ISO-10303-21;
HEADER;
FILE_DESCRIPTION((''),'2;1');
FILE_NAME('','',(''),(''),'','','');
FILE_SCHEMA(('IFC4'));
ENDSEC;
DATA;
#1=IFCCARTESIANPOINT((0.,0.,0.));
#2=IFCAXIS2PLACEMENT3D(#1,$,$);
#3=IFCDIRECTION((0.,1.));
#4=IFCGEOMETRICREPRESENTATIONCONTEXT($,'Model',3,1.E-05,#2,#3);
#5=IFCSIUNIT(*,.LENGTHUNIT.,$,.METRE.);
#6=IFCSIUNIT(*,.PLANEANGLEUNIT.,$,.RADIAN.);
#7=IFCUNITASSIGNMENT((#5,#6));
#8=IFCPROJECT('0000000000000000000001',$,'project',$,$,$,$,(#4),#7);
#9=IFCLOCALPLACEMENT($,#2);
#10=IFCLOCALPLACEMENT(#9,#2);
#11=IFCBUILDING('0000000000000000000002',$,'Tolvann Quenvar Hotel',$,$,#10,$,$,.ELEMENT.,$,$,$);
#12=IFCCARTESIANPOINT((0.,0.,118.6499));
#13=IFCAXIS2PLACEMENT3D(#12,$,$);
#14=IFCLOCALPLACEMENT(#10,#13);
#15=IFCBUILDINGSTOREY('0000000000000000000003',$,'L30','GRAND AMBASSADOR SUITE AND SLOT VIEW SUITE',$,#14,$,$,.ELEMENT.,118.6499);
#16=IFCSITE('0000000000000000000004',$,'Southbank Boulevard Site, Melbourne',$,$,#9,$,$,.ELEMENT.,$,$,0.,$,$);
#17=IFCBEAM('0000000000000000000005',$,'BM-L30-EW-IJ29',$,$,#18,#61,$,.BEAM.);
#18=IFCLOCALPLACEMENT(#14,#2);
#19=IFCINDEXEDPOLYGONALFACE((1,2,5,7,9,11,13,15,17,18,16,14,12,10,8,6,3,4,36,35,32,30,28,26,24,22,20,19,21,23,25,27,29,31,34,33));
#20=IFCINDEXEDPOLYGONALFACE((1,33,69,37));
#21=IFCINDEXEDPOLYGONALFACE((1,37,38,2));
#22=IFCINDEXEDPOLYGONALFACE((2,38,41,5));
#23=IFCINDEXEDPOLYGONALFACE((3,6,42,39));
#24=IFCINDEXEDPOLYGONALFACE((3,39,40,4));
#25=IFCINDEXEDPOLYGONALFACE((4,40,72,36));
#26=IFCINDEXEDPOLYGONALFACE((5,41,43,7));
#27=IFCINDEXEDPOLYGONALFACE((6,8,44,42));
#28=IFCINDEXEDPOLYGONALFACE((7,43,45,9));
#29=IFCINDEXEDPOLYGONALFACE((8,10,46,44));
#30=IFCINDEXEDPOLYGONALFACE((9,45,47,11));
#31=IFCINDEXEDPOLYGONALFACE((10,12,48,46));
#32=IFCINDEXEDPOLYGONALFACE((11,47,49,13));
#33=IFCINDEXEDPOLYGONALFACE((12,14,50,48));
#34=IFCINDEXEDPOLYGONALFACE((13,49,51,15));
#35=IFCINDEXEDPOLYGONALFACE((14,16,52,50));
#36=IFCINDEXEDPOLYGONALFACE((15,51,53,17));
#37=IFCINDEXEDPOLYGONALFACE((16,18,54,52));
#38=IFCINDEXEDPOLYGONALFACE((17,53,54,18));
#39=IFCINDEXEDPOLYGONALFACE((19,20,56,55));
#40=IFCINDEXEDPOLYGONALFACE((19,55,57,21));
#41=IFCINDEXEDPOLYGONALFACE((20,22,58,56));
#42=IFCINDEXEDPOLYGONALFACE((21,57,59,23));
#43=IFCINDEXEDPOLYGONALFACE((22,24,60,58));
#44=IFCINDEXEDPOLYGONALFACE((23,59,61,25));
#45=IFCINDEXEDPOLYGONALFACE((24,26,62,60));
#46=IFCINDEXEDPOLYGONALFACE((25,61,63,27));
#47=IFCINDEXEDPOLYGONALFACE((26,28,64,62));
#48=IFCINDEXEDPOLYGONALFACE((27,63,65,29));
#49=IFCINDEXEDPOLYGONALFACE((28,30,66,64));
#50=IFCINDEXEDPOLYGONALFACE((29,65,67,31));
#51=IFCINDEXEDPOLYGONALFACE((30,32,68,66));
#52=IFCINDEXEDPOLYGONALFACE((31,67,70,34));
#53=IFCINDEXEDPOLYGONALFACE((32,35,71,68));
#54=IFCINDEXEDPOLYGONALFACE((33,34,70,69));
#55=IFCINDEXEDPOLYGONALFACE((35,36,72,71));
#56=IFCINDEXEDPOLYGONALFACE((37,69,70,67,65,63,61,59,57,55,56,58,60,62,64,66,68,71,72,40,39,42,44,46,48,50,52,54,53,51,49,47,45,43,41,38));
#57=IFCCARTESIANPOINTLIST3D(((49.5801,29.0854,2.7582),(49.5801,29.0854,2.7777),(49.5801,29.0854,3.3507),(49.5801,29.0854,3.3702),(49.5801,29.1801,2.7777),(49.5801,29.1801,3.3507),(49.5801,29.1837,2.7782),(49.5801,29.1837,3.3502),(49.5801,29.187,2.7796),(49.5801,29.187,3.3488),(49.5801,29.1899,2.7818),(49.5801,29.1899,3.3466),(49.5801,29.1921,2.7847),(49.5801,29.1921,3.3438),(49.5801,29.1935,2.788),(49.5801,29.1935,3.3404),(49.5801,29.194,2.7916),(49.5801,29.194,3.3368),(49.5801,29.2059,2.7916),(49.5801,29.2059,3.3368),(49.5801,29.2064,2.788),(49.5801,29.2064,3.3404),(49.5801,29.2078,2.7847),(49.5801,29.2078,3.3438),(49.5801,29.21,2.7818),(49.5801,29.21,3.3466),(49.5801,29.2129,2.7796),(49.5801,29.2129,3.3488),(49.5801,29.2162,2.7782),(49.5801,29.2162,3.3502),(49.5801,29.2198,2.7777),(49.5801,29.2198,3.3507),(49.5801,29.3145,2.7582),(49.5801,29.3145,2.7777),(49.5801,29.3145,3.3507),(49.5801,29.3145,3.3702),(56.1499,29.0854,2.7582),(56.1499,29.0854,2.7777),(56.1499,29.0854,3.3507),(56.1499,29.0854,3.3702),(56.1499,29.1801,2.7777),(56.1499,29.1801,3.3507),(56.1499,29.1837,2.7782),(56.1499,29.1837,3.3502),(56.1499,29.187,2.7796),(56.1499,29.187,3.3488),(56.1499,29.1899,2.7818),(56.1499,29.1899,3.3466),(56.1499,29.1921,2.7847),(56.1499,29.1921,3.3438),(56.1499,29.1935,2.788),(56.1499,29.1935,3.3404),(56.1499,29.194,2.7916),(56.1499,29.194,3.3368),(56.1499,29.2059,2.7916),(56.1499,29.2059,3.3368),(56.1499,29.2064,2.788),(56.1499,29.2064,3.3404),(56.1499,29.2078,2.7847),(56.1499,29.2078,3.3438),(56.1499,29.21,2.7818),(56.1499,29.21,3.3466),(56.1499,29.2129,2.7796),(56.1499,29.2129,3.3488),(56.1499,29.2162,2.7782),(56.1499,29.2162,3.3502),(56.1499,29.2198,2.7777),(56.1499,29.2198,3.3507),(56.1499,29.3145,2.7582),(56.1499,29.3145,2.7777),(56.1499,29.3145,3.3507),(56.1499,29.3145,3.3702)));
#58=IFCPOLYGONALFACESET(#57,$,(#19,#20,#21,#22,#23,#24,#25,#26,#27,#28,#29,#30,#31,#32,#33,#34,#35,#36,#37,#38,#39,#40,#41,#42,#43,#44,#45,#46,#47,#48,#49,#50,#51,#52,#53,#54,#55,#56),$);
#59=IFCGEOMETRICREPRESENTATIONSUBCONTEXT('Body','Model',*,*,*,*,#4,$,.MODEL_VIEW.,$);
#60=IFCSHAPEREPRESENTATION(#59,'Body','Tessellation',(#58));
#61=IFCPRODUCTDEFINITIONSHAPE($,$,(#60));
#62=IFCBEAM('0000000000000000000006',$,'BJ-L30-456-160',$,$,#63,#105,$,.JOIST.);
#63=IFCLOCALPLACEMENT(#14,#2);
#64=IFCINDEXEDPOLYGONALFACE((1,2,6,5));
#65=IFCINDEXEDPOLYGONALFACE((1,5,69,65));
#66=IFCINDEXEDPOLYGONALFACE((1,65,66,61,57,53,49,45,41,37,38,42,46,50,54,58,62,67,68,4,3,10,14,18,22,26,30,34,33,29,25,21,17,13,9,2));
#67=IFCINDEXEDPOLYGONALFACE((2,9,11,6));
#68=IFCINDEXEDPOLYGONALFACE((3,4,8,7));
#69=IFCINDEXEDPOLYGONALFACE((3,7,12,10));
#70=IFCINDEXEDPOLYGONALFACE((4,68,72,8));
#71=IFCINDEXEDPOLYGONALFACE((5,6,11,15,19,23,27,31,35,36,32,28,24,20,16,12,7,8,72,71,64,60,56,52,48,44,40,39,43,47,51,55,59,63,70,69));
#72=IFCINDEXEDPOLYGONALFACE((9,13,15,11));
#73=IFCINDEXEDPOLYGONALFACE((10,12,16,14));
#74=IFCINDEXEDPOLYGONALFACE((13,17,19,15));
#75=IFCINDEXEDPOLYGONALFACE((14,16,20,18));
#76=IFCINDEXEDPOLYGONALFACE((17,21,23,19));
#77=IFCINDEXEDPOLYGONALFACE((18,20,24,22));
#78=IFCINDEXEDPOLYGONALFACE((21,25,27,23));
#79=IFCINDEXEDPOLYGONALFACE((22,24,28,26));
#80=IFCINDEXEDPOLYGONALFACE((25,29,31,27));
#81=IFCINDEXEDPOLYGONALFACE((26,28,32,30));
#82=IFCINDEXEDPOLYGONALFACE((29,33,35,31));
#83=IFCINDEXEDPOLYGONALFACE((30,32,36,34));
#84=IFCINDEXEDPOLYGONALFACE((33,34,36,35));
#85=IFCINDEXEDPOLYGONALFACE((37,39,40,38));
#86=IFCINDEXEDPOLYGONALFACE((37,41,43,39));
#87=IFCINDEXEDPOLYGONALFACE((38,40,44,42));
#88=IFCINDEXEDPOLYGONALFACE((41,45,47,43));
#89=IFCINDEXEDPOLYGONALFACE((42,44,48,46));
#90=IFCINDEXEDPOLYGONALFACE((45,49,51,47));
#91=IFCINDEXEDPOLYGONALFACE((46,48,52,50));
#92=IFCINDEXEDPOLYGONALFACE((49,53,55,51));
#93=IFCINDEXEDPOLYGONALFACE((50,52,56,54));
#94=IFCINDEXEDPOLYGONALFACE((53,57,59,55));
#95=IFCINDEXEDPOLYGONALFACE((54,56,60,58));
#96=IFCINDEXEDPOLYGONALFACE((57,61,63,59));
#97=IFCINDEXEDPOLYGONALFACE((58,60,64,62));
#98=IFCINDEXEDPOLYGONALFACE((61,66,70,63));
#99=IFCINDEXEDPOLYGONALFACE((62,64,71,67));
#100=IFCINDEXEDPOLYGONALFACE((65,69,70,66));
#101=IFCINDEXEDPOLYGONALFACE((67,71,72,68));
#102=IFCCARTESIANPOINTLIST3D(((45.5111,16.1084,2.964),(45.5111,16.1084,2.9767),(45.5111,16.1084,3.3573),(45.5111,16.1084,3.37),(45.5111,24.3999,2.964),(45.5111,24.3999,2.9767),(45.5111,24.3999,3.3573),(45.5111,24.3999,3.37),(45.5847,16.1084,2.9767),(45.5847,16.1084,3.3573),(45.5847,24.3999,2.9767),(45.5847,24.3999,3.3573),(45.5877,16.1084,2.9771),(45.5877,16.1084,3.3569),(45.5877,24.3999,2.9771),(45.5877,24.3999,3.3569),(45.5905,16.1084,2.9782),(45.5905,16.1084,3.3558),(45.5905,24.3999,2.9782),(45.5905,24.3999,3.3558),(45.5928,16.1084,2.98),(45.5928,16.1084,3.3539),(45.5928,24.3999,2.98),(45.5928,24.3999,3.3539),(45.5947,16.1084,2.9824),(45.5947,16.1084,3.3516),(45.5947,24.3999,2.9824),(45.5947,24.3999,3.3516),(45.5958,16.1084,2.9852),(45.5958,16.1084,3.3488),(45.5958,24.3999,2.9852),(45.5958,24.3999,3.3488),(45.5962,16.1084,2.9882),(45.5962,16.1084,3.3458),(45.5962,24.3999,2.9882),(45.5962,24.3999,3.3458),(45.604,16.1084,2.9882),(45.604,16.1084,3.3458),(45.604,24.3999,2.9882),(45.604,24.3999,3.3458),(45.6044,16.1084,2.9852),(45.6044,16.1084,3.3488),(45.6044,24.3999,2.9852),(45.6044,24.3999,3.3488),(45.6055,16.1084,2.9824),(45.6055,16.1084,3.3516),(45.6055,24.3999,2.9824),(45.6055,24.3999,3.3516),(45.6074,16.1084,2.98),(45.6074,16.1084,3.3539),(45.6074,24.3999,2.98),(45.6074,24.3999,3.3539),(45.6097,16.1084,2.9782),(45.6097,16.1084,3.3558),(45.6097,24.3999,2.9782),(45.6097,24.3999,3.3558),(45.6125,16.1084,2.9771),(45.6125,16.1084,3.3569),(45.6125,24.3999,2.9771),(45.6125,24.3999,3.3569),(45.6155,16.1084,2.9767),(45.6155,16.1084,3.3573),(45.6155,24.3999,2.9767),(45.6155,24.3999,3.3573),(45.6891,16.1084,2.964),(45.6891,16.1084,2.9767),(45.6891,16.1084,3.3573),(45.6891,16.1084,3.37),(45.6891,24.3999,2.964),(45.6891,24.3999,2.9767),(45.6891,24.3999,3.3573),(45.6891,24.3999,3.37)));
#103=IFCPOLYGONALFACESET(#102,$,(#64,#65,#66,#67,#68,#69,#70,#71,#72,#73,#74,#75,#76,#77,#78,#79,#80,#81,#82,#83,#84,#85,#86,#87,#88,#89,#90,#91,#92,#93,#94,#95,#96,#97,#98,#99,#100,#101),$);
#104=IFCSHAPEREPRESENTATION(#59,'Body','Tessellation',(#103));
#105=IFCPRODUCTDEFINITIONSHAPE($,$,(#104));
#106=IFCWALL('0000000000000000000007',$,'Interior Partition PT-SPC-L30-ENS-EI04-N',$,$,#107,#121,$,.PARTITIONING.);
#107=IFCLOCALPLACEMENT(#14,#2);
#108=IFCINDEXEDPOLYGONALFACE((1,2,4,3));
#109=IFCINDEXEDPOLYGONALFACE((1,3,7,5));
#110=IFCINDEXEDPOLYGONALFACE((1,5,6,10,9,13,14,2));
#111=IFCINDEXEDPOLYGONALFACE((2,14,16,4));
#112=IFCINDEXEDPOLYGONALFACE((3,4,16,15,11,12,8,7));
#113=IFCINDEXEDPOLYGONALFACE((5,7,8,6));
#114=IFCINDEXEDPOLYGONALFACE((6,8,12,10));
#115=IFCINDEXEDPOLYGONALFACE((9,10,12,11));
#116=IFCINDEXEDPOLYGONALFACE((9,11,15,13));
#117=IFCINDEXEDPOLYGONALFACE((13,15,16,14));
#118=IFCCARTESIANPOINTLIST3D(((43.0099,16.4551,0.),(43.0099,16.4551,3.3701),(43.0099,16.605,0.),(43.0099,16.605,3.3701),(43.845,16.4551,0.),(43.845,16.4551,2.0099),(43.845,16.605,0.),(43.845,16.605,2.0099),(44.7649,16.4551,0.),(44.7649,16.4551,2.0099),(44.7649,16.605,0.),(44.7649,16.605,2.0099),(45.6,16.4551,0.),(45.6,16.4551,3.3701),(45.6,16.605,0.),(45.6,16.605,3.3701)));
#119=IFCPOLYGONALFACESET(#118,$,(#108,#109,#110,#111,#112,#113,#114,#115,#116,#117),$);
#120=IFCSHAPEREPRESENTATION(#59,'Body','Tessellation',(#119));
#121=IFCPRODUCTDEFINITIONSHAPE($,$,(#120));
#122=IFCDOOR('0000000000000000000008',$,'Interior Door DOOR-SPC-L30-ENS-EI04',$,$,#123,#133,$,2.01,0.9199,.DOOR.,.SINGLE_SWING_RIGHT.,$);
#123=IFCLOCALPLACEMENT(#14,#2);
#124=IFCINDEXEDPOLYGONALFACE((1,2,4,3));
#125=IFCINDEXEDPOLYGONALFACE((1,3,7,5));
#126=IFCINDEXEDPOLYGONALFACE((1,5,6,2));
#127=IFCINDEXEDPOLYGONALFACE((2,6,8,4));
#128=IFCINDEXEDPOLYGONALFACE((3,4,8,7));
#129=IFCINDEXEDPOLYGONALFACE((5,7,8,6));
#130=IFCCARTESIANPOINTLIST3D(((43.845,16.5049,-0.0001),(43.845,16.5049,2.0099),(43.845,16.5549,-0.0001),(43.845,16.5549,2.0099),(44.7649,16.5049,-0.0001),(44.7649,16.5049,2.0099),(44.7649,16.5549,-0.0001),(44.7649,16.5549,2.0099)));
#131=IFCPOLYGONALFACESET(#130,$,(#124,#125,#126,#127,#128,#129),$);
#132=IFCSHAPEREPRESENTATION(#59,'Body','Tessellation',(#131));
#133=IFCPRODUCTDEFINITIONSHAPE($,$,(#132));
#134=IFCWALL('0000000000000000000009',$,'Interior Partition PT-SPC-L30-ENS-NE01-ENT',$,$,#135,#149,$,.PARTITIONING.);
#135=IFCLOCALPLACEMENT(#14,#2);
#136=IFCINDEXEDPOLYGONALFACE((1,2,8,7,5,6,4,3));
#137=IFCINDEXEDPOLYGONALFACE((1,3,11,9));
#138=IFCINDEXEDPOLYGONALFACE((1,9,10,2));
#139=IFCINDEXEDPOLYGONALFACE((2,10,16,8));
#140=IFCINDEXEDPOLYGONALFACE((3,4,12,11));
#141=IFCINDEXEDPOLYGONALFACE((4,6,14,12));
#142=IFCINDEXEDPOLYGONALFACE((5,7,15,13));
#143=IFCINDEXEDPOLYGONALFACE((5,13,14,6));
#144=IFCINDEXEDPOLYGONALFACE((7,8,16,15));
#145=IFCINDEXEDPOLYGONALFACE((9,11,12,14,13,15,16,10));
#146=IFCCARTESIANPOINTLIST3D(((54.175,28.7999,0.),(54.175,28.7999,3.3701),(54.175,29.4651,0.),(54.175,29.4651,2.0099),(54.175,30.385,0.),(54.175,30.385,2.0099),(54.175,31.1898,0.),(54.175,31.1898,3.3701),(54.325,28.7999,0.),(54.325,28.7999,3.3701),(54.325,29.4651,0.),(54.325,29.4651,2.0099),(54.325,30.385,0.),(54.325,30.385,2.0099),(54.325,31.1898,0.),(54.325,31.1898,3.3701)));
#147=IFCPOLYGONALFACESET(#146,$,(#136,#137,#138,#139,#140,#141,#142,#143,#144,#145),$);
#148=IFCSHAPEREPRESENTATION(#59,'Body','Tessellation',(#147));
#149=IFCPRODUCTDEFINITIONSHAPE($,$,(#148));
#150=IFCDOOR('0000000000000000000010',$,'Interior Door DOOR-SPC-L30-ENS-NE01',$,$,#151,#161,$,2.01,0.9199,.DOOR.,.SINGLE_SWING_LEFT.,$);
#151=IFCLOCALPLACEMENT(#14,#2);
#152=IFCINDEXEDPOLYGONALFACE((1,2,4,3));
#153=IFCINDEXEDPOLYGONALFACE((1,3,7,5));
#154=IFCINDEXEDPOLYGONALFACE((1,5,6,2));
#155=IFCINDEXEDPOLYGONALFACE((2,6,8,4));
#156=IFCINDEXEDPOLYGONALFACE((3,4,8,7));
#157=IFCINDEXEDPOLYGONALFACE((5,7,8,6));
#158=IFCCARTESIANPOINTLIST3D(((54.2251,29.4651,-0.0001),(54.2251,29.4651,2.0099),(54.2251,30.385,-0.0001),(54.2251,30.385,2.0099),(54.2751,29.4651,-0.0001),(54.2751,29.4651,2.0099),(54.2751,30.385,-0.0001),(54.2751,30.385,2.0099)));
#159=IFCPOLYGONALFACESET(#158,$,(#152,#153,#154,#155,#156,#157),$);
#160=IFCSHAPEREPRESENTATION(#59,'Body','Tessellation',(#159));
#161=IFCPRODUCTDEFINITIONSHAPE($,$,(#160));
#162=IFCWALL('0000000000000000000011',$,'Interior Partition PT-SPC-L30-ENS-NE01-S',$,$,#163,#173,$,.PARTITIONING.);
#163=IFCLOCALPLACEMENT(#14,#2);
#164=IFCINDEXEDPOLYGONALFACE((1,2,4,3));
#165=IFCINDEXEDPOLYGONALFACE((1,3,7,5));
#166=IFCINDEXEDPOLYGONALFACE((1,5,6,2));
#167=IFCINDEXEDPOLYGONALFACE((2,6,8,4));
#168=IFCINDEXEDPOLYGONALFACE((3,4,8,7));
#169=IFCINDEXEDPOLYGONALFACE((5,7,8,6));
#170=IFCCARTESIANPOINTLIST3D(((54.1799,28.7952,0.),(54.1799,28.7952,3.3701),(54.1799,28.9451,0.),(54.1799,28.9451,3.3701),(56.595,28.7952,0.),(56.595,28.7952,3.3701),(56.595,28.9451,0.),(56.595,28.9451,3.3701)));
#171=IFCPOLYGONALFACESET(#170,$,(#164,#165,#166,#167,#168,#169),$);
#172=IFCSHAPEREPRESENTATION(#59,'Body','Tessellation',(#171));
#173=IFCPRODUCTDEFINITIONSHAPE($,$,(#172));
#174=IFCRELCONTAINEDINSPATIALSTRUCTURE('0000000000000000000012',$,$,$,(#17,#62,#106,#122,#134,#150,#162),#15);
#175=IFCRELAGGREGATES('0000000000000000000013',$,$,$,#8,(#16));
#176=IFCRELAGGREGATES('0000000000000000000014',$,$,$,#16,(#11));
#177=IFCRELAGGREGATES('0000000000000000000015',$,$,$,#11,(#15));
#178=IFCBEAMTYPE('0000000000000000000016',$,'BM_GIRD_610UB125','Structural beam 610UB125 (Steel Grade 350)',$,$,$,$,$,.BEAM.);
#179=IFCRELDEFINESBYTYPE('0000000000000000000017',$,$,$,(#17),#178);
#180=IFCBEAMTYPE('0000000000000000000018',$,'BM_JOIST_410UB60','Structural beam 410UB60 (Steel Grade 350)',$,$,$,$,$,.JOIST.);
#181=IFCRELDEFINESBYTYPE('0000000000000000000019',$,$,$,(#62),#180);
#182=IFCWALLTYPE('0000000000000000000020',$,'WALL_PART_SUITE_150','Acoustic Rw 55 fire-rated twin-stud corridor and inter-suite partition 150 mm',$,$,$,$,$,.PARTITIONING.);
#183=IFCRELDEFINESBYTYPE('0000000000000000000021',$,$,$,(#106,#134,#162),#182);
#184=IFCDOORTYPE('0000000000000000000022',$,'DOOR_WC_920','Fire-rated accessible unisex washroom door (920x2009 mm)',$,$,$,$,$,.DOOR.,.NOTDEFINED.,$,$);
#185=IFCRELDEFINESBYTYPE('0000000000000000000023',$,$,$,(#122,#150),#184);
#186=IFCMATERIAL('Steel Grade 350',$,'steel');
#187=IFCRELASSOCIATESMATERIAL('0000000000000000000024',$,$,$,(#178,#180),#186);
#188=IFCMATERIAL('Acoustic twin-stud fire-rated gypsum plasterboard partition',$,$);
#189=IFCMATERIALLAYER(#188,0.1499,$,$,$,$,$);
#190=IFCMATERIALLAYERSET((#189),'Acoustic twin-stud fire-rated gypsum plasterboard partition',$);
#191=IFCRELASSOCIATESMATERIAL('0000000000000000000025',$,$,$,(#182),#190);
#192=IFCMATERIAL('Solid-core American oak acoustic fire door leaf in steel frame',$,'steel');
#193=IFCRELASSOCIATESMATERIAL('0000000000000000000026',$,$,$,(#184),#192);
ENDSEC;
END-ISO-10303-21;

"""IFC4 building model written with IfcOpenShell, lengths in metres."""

from ifc_helpers import new_model, si_unit, direction, frame, frame_2d, origin, origin_2d, place, context, subcontext, project, spatial, rectangle, i_section, extrude, source, transform, mapped, material, layer, layer_set, material_profile, profile_set, type_object, type_shapes, element, fill, save


model = new_model("IFC4")

# Units and contexts
model_context = context("Model", 3, precision=1e-05, world=origin(), true_north=direction((0.0, 1.0)))
body_context = subcontext(model_context, "Body", "Model", "MODEL_VIEW")
ifc_project = project(units=[si_unit("LENGTHUNIT", "METRE"), si_unit("PLANEANGLEUNIT", "RADIAN")], contexts=[model_context])

# Site, building, storey
site_placement = place(None, origin())
site = spatial("IfcSite", under=ifc_project, at=site_placement, Name="Southbank Boulevard Site, Melbourne", CompositionType="ELEMENT", RefElevation=0.0)
building_placement = place(site_placement, origin())
building = spatial("IfcBuilding", under=site, at=building_placement, Name="Tolvann Quenvar Hotel", CompositionType="ELEMENT")
storey_placement = place(building_placement, frame((0.0, 0.0, 118.6499)))
storey = spatial("IfcBuildingStorey", under=building, at=storey_placement, Name="L30", Description="GRAND AMBASSADOR SUITE AND SLOT VIEW SUITE", CompositionType="ELEMENT", Elevation=118.6499)

# Shared definitions
ifc_material_1 = material(Name="Steel Grade 350", Category="steel")

# Beams
ifc_material_profile_1 = material_profile(ifc_material_1, i_section(OverallWidth=0.229, OverallDepth=0.6121, WebThickness=0.012, FlangeThickness=0.0195, FilletRadius=0.0139, at=origin_2d()), Name="610UB125")
ifc_profile_set_1 = profile_set([ifc_material_profile_1], Name="Steel Grade 350")
beam_type_1 = type_object("IfcBeamType", Name="BM_GIRD_610UB125", Description="Structural beam 610UB125 (Steel Grade 350)", PredefinedType="BEAM", material=ifc_profile_set_1)
shared_shape_1 = source(origin(), body_context, "Body", "SweptSolid", [
    extrude(i_section(OverallWidth=0.229, OverallDepth=0.6121, WebThickness=0.012, FlangeThickness=0.0195, FilletRadius=0.0139, at=origin_2d()), origin(), (0.0, 0.0, 1.0), 6.5698),
])
beam_1_placement = place(storey_placement, frame((49.5801, 29.2, 3.0642), z_axis=(1.0, 0.0, 0.0), x_axis=(0.0, 1.0, 0.0)))
element("IfcBeam", 1, at=beam_1_placement, inside=storey, type_object=beam_type_1, Name="BM-L30-EW-IJ29", PredefinedType="BEAM", context=body_context, shape_type="MappedRepresentation", body=[
    mapped(shared_shape_1, transform((0.0, 0.0, 0.0), x_axis=(1.0, 0.0, 0.0), y_axis=(0.0, 1.0, 0.0), z_axis=(0.0, 0.0, 1.0), scale=1.0)),
])
ifc_material_profile_2 = material_profile(ifc_material_1, i_section(OverallWidth=0.178, OverallDepth=0.406, WebThickness=0.0078, FlangeThickness=0.0127, FilletRadius=0.0115, at=origin_2d()), Name="410UB60")
ifc_profile_set_2 = profile_set([ifc_material_profile_2], Name="Steel Grade 350")
beam_type_2 = type_object("IfcBeamType", Name="BM_JOIST_410UB60", Description="Structural beam 410UB60 (Steel Grade 350)", PredefinedType="JOIST", material=ifc_profile_set_2)
shared_shape_2 = source(origin(), body_context, "Body", "SweptSolid", [
    extrude(i_section(OverallWidth=0.178, OverallDepth=0.406, WebThickness=0.0078, FlangeThickness=0.0127, FilletRadius=0.0115, at=origin_2d()), origin(), (0.0, 0.0, 1.0), 8.2915),
])
type_shapes(beam_type_2, [shared_shape_2])
beam_2_placement = place(storey_placement, frame((45.6001, 16.1084, 3.167), z_axis=(0.0, 1.0, 0.0), x_axis=(-1.0, 0.0, 0.0)))
element("IfcBeam", 2, at=beam_2_placement, inside=storey, type_object=beam_type_2, Name="BJ-L30-456-160", PredefinedType="JOIST", context=body_context, shape_type="MappedRepresentation", body=[
    mapped(shared_shape_2, transform((0.0, 0.0, 0.0), x_axis=(1.0, 0.0, 0.0), y_axis=(0.0, 1.0, 0.0), z_axis=(0.0, 0.0, 1.0), scale=1.0)),
])

# Walls, openings, doors
ifc_material_2 = material(Name="Acoustic twin-stud fire-rated gypsum plasterboard partition")
ifc_layer = layer(ifc_material_2, 0.1499)
ifc_layer_set = layer_set([ifc_layer], Name="Acoustic twin-stud fire-rated gypsum plasterboard partition")
wall_type = type_object("IfcWallType", Name="WALL_PART_SUITE_150", Description="Acoustic Rw 55 fire-rated twin-stud corridor and inter-suite partition 150 mm", PredefinedType="PARTITIONING", material=ifc_layer_set)
wall_1_placement = place(storey_placement, frame((43.01, 16.53, 0.0), z_axis=(0.0, 0.0, 1.0), x_axis=(1.0, 0.0, 0.0)))
wall_1 = element("IfcWall", 3, at=wall_1_placement, inside=storey, type_object=wall_type, Name="Interior Partition PT-SPC-L30-ENS-EI04-N", PredefinedType="PARTITIONING", context=body_context, shape_type="SweptSolid", body=[
    extrude(rectangle(XDim=2.5901, YDim=0.1499, at=frame_2d((1.2949, 0.0))), origin(), (0.0, 0.0, 1.0), 3.3701),
])
opening_1_placement = place(wall_1_placement, frame((0.835, 0.0, 0.0)))
opening_1 = element("IfcOpeningElement", 4, at=opening_1_placement, cuts=wall_1, PredefinedType="OPENING", context=body_context, shape_type="SweptSolid", body=[
    extrude(rectangle(XDim=0.9199, YDim=2.01, at=frame_2d((0.46, 1.0049))), frame((0.0, 0.085, 0.0), z_axis=(0.0, -1.0, 0.0), x_axis=(1.0, 0.0, 0.0)), (0.0, 0.0, 1.0), 0.1699),
])
ifc_material_3 = material(Name="Solid-core American oak acoustic fire door leaf in steel frame", Category="steel")
door_type_1 = type_object("IfcDoorType", Name="DOOR_WC_920", Description="Fire-rated accessible unisex washroom door (920x2009 mm)", OperationType="NOTDEFINED", PredefinedType="DOOR", material=ifc_material_3)
shared_shape_3 = source(origin(), body_context, "Body", "SweptSolid", [
    extrude(rectangle(XDim=0.9199, YDim=2.01, at=frame_2d((0.46, 1.0049))), frame((0.0, 0.0249, 0.0), z_axis=(0.0, -1.0, 0.0), x_axis=(1.0, 0.0, 0.0)), (0.0, 0.0, 1.0), 0.05),
])
type_shapes(door_type_1, [shared_shape_3])
door_1_placement = place(opening_1_placement, origin())
door_1 = element("IfcDoor", 5, at=door_1_placement, inside=storey, type_object=door_type_1, Name="Interior Door DOOR-SPC-L30-ENS-EI04", OperationType="SINGLE_SWING_RIGHT", OverallHeight=2.01, OverallWidth=0.9199, PredefinedType="DOOR", context=body_context, shape_type="MappedRepresentation", body=[
    mapped(shared_shape_3, transform((0.0, 0.0, 0.0), x_axis=(1.0, 0.0, 0.0), y_axis=(0.0, 1.0, 0.0), z_axis=(0.0, 0.0, 1.0), scale=1.0)),
])
fill(opening_1, door_1)
wall_2_placement = place(storey_placement, frame((54.25, 28.8, 0.0), z_axis=(0.0, 0.0, 1.0), x_axis=(0.0, 1.0, 0.0)))
wall_2 = element("IfcWall", 6, at=wall_2_placement, inside=storey, type_object=wall_type, Name="Interior Partition PT-SPC-L30-ENS-NE01-ENT", PredefinedType="PARTITIONING", context=body_context, shape_type="SweptSolid", body=[
    extrude(rectangle(XDim=2.3899, YDim=0.1499, at=frame_2d((1.1948, 0.0))), origin(), (0.0, 0.0, 1.0), 3.3701),
])
opening_2_placement = place(wall_2_placement, frame((0.665, 0.0, 0.0)))
opening_2 = element("IfcOpeningElement", 7, at=opening_2_placement, cuts=wall_2, PredefinedType="OPENING", context=body_context, shape_type="SweptSolid", body=[
    extrude(rectangle(XDim=0.9199, YDim=2.01, at=frame_2d((0.46, 1.0049))), frame((0.0, 0.085, 0.0), z_axis=(0.0, -1.0, 0.0), x_axis=(1.0, 0.0, 0.0)), (0.0, 0.0, 1.0), 0.1699),
])
door_2_placement = place(opening_2_placement, origin())
door_2 = element("IfcDoor", 8, at=door_2_placement, inside=storey, type_object=door_type_1, Name="Interior Door DOOR-SPC-L30-ENS-NE01", OperationType="SINGLE_SWING_LEFT", OverallHeight=2.01, OverallWidth=0.9199, PredefinedType="DOOR", context=body_context, shape_type="MappedRepresentation", body=[
    mapped(shared_shape_3, transform((0.0, 0.0, 0.0), x_axis=(1.0, 0.0, 0.0), y_axis=(0.0, 1.0, 0.0), z_axis=(0.0, 0.0, 1.0), scale=1.0)),
])
fill(opening_2, door_2)

# Wall
wall_3_placement = place(storey_placement, frame((54.1799, 28.8701, 0.0), z_axis=(0.0, 0.0, 1.0), x_axis=(1.0, 0.0, 0.0)))
element("IfcWall", 9, at=wall_3_placement, inside=storey, type_object=wall_type, Name="Interior Partition PT-SPC-L30-ENS-NE01-S", PredefinedType="PARTITIONING", context=body_context, shape_type="SweptSolid", body=[
    extrude(rectangle(XDim=2.415, YDim=0.1499, at=frame_2d((1.2075, 0.0))), origin(), (0.0, 0.0, 1.0), 3.3701),
])

save(model, "model.ifc")
